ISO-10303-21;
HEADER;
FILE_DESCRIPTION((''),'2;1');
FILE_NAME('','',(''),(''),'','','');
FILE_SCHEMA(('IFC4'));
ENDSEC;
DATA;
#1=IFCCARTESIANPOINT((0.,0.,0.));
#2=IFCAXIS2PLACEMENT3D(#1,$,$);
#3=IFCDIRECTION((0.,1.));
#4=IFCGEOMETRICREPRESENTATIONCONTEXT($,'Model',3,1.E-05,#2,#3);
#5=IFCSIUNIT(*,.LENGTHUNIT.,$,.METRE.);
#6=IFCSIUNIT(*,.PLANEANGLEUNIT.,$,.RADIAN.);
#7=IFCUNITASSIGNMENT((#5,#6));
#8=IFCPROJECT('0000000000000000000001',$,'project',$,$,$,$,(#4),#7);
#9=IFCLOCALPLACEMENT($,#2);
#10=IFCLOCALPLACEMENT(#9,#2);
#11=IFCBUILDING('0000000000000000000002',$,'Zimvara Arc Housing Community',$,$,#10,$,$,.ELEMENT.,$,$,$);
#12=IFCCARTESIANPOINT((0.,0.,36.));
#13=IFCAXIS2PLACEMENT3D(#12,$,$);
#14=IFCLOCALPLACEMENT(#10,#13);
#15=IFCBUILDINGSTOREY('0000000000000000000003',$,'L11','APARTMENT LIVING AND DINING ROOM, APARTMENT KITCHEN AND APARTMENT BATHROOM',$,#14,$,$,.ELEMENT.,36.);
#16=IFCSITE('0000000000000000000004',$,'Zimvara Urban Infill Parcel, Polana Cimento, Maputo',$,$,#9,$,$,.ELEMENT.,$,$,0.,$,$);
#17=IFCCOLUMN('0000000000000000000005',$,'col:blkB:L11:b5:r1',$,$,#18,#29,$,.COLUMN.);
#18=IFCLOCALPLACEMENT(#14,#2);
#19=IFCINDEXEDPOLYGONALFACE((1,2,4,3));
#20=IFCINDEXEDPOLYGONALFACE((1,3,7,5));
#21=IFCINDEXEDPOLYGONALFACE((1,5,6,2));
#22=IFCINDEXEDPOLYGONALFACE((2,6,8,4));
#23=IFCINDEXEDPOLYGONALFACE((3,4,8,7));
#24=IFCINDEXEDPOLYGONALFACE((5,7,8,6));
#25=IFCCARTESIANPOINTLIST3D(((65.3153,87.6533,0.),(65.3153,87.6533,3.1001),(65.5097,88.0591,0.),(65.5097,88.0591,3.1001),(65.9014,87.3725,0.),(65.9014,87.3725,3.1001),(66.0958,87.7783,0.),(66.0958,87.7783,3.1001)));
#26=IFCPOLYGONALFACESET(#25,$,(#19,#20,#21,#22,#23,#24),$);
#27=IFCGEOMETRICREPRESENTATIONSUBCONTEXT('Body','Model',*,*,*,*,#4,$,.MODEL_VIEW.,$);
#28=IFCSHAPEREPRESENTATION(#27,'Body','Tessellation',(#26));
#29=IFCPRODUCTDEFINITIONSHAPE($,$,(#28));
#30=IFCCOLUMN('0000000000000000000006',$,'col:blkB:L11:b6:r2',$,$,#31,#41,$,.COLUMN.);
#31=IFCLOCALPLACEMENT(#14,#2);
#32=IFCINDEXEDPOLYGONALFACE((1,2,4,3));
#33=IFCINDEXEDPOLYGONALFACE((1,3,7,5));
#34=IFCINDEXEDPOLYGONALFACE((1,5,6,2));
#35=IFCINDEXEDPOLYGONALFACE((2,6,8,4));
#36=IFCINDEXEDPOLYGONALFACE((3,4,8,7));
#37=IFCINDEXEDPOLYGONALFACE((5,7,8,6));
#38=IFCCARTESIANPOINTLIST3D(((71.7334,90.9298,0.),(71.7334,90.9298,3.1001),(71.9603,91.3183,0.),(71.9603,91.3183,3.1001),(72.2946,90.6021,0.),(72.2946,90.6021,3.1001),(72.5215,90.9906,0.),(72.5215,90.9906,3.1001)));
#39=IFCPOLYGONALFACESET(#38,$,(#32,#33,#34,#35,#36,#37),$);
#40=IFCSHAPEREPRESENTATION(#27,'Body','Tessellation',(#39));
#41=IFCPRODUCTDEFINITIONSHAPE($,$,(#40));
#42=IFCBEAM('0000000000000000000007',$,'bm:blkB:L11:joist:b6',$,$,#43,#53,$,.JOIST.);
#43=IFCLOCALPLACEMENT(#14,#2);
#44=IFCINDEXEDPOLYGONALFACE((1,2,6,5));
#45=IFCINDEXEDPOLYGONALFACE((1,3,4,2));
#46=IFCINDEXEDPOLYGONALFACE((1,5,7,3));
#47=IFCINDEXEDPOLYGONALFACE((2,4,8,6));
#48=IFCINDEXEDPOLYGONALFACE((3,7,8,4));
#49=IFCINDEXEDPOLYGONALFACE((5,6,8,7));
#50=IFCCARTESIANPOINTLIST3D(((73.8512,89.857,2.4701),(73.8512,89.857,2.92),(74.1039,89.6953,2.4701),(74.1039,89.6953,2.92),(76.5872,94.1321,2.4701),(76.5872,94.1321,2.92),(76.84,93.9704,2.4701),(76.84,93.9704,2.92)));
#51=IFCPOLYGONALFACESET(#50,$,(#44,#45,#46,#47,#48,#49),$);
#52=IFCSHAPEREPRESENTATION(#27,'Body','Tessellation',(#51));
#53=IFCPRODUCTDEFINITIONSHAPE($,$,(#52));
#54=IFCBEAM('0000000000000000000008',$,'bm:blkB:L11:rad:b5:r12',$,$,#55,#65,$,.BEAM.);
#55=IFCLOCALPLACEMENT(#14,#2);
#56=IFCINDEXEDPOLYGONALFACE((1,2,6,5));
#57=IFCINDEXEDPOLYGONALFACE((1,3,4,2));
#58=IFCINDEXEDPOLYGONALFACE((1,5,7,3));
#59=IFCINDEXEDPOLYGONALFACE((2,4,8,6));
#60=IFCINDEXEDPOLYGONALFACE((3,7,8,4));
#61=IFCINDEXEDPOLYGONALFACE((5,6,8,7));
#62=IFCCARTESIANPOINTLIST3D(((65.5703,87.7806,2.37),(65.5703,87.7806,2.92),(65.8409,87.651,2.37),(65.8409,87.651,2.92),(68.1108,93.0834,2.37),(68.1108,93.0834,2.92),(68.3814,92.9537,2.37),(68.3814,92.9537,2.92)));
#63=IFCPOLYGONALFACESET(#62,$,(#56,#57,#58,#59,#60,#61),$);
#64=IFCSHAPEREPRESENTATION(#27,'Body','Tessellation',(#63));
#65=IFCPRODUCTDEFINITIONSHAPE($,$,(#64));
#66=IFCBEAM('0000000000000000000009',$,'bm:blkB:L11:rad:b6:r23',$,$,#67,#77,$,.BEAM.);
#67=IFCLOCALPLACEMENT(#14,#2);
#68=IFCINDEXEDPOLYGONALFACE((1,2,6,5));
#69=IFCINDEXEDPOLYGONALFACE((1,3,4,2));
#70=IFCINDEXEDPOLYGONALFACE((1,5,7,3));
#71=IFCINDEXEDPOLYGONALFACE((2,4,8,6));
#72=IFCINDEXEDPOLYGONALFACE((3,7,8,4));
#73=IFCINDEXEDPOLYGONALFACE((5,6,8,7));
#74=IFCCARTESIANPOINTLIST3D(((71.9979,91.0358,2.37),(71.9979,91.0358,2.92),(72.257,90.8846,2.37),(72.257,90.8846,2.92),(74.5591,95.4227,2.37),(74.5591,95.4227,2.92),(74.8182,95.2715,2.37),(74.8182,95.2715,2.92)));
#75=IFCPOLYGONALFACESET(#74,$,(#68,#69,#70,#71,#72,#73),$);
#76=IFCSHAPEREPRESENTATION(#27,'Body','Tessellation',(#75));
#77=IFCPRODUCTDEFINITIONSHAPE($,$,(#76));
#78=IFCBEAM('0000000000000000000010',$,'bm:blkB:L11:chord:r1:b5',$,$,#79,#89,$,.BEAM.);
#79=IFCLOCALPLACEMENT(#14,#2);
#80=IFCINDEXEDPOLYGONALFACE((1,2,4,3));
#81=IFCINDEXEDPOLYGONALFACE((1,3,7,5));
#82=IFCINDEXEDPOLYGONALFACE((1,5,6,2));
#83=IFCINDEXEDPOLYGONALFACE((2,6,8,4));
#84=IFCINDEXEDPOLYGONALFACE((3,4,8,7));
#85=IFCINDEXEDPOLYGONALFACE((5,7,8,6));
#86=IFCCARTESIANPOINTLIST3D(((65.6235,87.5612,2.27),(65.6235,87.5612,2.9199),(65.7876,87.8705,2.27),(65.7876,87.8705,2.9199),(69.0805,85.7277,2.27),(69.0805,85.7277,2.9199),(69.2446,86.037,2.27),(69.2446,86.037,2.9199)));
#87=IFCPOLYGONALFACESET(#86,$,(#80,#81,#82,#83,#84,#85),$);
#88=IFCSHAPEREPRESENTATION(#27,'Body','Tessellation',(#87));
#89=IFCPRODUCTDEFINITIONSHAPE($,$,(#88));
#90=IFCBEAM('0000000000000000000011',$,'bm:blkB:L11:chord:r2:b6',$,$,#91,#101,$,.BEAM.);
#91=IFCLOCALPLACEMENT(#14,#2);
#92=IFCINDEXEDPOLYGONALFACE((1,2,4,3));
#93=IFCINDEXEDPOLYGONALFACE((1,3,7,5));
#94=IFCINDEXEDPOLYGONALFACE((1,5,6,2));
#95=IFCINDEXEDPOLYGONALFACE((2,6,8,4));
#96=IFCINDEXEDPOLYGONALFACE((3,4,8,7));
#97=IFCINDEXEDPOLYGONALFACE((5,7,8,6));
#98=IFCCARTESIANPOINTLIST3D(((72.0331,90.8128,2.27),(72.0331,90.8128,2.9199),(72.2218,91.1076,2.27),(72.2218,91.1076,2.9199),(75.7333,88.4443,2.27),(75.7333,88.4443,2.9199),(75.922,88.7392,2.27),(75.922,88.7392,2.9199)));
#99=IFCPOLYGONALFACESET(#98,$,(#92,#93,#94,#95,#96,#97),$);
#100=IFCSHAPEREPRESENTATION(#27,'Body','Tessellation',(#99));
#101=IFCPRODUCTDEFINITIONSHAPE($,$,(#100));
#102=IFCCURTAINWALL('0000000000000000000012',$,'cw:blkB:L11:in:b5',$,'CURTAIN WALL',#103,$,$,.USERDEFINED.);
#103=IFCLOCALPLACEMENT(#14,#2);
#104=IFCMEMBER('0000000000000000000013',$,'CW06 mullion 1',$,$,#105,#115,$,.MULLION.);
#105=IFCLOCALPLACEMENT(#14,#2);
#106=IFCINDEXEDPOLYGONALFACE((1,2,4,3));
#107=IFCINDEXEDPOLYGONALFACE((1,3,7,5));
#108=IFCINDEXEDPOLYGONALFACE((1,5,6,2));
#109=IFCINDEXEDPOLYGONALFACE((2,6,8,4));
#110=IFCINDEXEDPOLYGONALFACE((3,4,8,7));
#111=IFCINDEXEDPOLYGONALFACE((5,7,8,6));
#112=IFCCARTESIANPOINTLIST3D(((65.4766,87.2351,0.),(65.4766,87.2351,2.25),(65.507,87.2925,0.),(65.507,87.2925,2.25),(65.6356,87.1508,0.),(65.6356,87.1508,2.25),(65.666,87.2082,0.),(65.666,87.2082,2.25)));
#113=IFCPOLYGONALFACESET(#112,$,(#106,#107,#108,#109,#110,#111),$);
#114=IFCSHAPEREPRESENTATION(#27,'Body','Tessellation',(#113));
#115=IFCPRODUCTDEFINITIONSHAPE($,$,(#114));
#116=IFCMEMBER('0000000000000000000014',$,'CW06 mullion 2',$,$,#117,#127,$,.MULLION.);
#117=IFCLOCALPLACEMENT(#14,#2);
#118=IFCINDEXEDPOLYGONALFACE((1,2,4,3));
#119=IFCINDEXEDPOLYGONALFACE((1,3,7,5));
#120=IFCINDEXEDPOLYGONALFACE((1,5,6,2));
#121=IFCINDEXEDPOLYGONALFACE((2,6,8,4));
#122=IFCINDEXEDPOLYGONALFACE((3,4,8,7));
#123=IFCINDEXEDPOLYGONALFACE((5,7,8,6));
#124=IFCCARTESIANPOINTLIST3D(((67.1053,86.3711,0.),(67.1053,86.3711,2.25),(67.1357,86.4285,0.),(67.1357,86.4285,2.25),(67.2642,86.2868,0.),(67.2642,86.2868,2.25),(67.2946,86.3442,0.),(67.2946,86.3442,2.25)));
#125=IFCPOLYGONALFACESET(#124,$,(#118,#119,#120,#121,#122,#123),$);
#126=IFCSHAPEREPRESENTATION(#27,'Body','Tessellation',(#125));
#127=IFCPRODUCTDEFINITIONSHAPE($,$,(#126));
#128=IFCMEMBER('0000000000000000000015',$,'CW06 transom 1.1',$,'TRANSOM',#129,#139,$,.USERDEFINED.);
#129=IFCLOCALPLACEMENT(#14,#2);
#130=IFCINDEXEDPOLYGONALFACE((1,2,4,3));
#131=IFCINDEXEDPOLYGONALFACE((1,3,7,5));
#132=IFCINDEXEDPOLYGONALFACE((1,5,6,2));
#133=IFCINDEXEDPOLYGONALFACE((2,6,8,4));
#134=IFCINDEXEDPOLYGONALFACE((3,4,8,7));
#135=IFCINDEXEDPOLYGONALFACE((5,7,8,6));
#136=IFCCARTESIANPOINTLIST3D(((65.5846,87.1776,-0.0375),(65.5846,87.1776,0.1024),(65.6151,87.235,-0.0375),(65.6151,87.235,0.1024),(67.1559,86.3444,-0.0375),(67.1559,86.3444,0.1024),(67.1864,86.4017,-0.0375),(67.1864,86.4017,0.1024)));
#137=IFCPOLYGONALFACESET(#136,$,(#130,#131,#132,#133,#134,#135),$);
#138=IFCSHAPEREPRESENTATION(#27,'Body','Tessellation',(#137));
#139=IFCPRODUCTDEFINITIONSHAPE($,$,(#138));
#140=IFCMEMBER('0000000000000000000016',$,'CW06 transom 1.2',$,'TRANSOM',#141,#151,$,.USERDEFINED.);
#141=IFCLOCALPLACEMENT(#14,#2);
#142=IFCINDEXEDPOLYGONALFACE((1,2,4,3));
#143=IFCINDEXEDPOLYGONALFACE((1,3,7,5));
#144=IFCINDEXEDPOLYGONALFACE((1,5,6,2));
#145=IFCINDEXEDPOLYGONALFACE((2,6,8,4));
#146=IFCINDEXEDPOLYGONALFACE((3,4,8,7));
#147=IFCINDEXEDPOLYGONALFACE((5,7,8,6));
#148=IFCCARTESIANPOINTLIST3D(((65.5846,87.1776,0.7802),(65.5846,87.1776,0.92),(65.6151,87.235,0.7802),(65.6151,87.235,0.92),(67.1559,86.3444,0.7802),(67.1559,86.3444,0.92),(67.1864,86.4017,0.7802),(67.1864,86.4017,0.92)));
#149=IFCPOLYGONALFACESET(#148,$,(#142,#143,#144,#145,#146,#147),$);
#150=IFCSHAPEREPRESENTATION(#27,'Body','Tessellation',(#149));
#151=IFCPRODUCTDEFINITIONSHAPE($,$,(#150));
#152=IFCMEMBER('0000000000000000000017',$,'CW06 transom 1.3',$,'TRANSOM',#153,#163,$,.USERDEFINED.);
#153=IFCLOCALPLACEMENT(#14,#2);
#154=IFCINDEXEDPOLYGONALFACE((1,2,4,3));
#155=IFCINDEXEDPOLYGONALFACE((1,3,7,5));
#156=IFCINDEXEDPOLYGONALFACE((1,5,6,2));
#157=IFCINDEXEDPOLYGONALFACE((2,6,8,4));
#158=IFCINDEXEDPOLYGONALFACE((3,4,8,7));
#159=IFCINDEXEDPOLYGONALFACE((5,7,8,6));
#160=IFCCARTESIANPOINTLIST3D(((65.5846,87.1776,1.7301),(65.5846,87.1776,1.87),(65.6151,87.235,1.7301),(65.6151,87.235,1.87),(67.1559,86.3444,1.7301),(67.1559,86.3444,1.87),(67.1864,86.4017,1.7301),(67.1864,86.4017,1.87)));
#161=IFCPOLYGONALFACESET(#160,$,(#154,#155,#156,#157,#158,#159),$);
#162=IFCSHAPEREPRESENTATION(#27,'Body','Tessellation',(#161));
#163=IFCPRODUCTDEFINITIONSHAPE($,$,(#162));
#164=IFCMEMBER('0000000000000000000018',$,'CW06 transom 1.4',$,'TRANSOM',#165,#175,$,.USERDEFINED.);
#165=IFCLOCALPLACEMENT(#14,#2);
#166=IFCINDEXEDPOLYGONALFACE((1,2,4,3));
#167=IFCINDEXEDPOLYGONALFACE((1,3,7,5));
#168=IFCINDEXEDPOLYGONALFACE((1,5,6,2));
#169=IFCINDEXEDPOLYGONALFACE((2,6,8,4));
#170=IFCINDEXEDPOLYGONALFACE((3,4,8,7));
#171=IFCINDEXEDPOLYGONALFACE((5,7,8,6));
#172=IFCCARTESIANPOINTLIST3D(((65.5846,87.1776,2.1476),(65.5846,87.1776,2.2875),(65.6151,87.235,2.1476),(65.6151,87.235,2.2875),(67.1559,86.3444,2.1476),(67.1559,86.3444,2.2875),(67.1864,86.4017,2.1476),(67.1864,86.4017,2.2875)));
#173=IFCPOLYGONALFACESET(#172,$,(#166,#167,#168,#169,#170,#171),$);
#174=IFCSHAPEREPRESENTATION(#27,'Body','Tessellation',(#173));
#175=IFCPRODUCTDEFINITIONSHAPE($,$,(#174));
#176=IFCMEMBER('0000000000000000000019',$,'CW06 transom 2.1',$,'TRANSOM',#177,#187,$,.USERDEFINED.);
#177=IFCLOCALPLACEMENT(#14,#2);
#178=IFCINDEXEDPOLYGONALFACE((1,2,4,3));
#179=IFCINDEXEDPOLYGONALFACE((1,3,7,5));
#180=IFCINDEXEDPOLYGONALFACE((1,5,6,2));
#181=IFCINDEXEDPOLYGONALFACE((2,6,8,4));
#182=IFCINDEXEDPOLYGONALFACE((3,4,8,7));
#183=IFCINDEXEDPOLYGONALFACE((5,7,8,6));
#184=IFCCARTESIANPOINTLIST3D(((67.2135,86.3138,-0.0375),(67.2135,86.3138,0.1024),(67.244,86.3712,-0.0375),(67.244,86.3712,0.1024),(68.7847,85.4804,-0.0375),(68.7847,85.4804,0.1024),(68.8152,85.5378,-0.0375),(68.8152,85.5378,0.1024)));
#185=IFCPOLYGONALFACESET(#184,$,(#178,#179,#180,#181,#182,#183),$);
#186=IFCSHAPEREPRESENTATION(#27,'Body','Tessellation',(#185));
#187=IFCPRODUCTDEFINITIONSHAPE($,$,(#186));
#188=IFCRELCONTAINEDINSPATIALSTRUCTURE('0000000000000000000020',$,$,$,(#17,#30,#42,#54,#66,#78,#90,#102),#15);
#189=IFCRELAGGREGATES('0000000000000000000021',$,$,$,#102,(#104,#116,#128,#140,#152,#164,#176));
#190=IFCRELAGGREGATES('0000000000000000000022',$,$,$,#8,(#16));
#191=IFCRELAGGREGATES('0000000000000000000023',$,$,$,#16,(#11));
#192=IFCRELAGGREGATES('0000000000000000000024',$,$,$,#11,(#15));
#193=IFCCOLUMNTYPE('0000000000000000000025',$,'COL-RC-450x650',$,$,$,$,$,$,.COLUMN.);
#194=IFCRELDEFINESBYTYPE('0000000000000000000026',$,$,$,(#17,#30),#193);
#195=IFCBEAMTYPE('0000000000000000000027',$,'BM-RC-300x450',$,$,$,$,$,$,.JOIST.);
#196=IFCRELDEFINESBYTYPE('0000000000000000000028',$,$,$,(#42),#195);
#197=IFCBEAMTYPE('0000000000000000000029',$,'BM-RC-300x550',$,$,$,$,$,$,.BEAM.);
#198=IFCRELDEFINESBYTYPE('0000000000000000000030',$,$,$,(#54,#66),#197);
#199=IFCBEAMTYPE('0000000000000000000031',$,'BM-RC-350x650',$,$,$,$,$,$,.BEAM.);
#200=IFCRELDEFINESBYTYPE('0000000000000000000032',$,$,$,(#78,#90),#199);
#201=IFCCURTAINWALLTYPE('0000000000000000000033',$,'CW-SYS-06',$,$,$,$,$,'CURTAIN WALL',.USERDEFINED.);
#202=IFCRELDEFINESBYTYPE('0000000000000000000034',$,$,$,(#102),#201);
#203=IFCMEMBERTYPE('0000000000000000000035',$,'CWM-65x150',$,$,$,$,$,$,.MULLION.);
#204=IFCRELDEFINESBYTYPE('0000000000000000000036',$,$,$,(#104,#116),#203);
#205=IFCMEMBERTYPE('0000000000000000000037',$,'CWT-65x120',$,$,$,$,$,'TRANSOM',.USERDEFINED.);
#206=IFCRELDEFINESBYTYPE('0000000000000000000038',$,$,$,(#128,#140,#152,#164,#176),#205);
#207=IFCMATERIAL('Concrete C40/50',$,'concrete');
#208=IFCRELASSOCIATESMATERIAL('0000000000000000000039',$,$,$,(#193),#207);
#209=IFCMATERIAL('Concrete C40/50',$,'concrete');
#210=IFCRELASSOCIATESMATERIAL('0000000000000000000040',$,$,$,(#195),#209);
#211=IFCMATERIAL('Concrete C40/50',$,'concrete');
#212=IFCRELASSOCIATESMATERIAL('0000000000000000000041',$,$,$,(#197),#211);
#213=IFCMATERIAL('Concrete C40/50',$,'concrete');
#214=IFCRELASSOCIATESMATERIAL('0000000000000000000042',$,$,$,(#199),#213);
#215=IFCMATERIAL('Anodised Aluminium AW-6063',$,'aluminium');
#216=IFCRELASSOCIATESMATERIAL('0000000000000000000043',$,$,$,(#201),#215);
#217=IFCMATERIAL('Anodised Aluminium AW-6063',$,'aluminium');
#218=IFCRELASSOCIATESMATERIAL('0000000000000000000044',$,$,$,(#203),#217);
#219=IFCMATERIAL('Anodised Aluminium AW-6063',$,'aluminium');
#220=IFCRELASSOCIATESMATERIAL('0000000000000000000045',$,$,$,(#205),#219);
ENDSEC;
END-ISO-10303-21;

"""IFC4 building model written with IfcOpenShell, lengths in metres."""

from ifc_helpers import new_model, si_unit, direction, frame, origin, origin_2d, place, context, subcontext, project, spatial, rectangle, extrude, material, material_profile, profile_set, type_object, element, aggregate, save


model = new_model("IFC4")

# Units and contexts
model_context = context("Model", 3, precision=1e-05, world=origin(), true_north=direction((0.0, 1.0)))
body_context = subcontext(model_context, "Body", "Model", "MODEL_VIEW")
ifc_project = project(units=[si_unit("LENGTHUNIT", "METRE"), si_unit("PLANEANGLEUNIT", "RADIAN")], contexts=[model_context])

# Site, building, storey
site_placement = place(None, origin())
site = spatial("IfcSite", under=ifc_project, at=site_placement, Name="Zimvara Urban Infill Parcel, Polana Cimento, Maputo", CompositionType="ELEMENT", RefElevation=0.0)
building_placement = place(site_placement, origin())
building = spatial("IfcBuilding", under=site, at=building_placement, Name="Zimvara Arc Housing Community", CompositionType="ELEMENT")
storey_placement = place(building_placement, frame((0.0, 0.0, 36.0)))
storey = spatial("IfcBuildingStorey", under=building, at=storey_placement, Name="L11", Description="APARTMENT LIVING AND DINING ROOM, APARTMENT KITCHEN AND APARTMENT BATHROOM", CompositionType="ELEMENT", Elevation=36.0)

# Columns
ifc_material_1 = material(Name="Concrete C40/50", Category="concrete")
ifc_material_profile_1 = material_profile(ifc_material_1, rectangle(XDim=0.45, YDim=0.6499, at=origin_2d()), Name="RC 450x650")
ifc_profile_set_1 = profile_set([ifc_material_profile_1], Name="Concrete C40/50")
column_type = type_object("IfcColumnType", Name="COL-RC-450x650", PredefinedType="COLUMN", material=ifc_profile_set_1)
for number, where, z_axis, x_axis, name in (
    (1, (65.7056, 87.7158, 0.0), (0.0, 0.0, 1.0), (0.432086, 0.901833, 0.0), "col:blkB:L11:b5:r1"),
    (2, (72.1274, 90.9602, 0.0), (0.0, 0.0, 1.0), (0.504226, 0.863572, 0.0), "col:blkB:L11:b6:r2"),
):
    element("IfcColumn", number, at=place(storey_placement, frame(where, z_axis=z_axis, x_axis=x_axis)), inside=storey, type_object=column_type, Name=name, PredefinedType="COLUMN", context=body_context, shape_type="SweptSolid", body=[
        extrude(rectangle(XDim=0.45, YDim=0.6499, at=origin_2d()), origin(), (0.0, 0.0, 1.0), 3.1001),
    ])

# Beams
ifc_material_2 = material(Name="Concrete C40/50", Category="concrete")
ifc_material_profile_2 = material_profile(ifc_material_2, rectangle(XDim=0.3, YDim=0.45, at=origin_2d()), Name="RC 300x450")
ifc_profile_set_2 = profile_set([ifc_material_profile_2], Name="Concrete C40/50")
beam_type_1 = type_object("IfcBeamType", Name="BM-RC-300x450", PredefinedType="JOIST", material=ifc_profile_set_2)
beam_1_placement = place(storey_placement, frame((73.9775, 89.7761, 2.6951), z_axis=(0.539052, 0.842272, 0.0), x_axis=(-0.842272, 0.539052, 0.0)))
element("IfcBeam", 3, at=beam_1_placement, inside=storey, type_object=beam_type_1, Name="bm:blkB:L11:joist:b6", PredefinedType="JOIST", context=body_context, shape_type="SweptSolid", body=[
    extrude(rectangle(XDim=0.3, YDim=0.45, at=origin_2d()), origin(), (0.0, 0.0, 1.0), 5.0757),
])
ifc_material_3 = material(Name="Concrete C40/50", Category="concrete")
ifc_material_profile_3 = material_profile(ifc_material_3, rectangle(XDim=0.3, YDim=0.55, at=origin_2d()), Name="RC 300x550")
ifc_profile_set_3 = profile_set([ifc_material_profile_3], Name="Concrete C40/50")
beam_type_2 = type_object("IfcBeamType", Name="BM-RC-300x550", PredefinedType="BEAM", material=ifc_profile_set_3)
beam_2_placement = place(storey_placement, frame((65.7056, 87.7158, 2.645), z_axis=(0.43207, 0.90184, 0.0), x_axis=(-0.90184, 0.43207, 0.0)))
element("IfcBeam", 4, at=beam_2_placement, inside=storey, type_object=beam_type_2, Name="bm:blkB:L11:rad:b5:r12", PredefinedType="BEAM", context=body_context, shape_type="SweptSolid", body=[
    extrude(rectangle(XDim=0.3, YDim=0.55, at=origin_2d()), origin(), (0.0, 0.0, 1.0), 5.8799),
])
beam_3_placement = place(storey_placement, frame((72.1274, 90.9602, 2.645), z_axis=(0.504197, 0.863589, 0.0), x_axis=(-0.863589, 0.504197, 0.0)))
element("IfcBeam", 5, at=beam_3_placement, inside=storey, type_object=beam_type_2, Name="bm:blkB:L11:rad:b6:r23", PredefinedType="BEAM", context=body_context, shape_type="SweptSolid", body=[
    extrude(rectangle(XDim=0.3, YDim=0.55, at=origin_2d()), origin(), (0.0, 0.0, 1.0), 5.0798),
])
ifc_material_4 = material(Name="Concrete C40/50", Category="concrete")
ifc_material_profile_4 = material_profile(ifc_material_4, rectangle(XDim=0.3501, YDim=0.6499, at=origin_2d()), Name="RC 350x650")
ifc_profile_set_4 = profile_set([ifc_material_profile_4], Name="Concrete C40/50")
beam_type_3 = type_object("IfcBeamType", Name="BM-RC-350x650", PredefinedType="BEAM", material=ifc_profile_set_4)
beam_4_placement = place(storey_placement, frame((65.7056, 87.7158, 2.595), z_axis=(0.883439, -0.468547, 0.0), x_axis=(0.468547, 0.883439, 0.0)))
element("IfcBeam", 6, at=beam_4_placement, inside=storey, type_object=beam_type_3, Name="bm:blkB:L11:chord:r1:b5", PredefinedType="BEAM", context=body_context, shape_type="SweptSolid", body=[
    extrude(rectangle(XDim=0.3501, YDim=0.6499, at=origin_2d()), origin(), (0.0, 0.0, 1.0), 3.9131),
])
beam_5_placement = place(storey_placement, frame((72.1274, 90.9602, 2.595), z_axis=(0.842242, -0.539099, 0.0), x_axis=(0.539099, 0.842242, 0.0)))
element("IfcBeam", 7, at=beam_5_placement, inside=storey, type_object=beam_type_3, Name="bm:blkB:L11:chord:r2:b6", PredefinedType="BEAM", context=body_context, shape_type="SweptSolid", body=[
    extrude(rectangle(XDim=0.3501, YDim=0.6499, at=origin_2d()), origin(), (0.0, 0.0, 1.0), 4.3933),
])

# Curtain wall, members
ifc_material_5 = material(Name="Anodised Aluminium AW-6063", Category="aluminium")
curtain_wall_type = type_object("IfcCurtainWallType", Name="CW-SYS-06", ElementType="CURTAIN WALL", PredefinedType="USERDEFINED", material=ifc_material_5)
curtain_wall_placement = place(storey_placement, origin())
curtain_wall = element("IfcCurtainWall", 8, at=curtain_wall_placement, inside=storey, type_object=curtain_wall_type, Name="cw:blkB:L11:in:b5", ObjectType="CURTAIN WALL", PredefinedType="USERDEFINED")
ifc_material_6 = material(Name="Anodised Aluminium AW-6063", Category="aluminium")
ifc_material_profile_5 = material_profile(ifc_material_6, rectangle(XDim=0.0649, YDim=0.1799, at=origin_2d()), Name="ALU 65x180")
ifc_profile_set_5 = profile_set([ifc_material_profile_5], Name="Anodised Aluminium AW-6063")
member_type_1 = type_object("IfcMemberType", Name="CWM-65x150", PredefinedType="MULLION", material=ifc_profile_set_5)
member_1_placement = place(storey_placement, frame((65.5713, 87.2217, 0.0), z_axis=(0.0, 0.0, 1.0), x_axis=(0.468547, 0.883439, 0.0)))
member_1 = element("IfcMember", 9, at=member_1_placement, type_object=member_type_1, Name="CW06 mullion 1", PredefinedType="MULLION", context=body_context, shape_type="SweptSolid", body=[
    extrude(rectangle(XDim=0.0649, YDim=0.1799, at=origin_2d()), origin(), (0.0, 0.0, 1.0), 2.25),
])
member_2_placement = place(storey_placement, frame((67.2, 86.3577, 0.0), z_axis=(0.0, 0.0, 1.0), x_axis=(0.468547, 0.883439, 0.0)))
member_2 = element("IfcMember", 10, at=member_2_placement, type_object=member_type_1, Name="CW06 mullion 2", PredefinedType="MULLION", context=body_context, shape_type="SweptSolid", body=[
    extrude(rectangle(XDim=0.0649, YDim=0.1799, at=origin_2d()), origin(), (0.0, 0.0, 1.0), 2.25),
])
ifc_material_7 = material(Name="Anodised Aluminium AW-6063", Category="aluminium")
ifc_material_profile_6 = material_profile(ifc_material_7, rectangle(XDim=0.0649, YDim=0.1399, at=origin_2d()), Name="ALU 65x140")
ifc_profile_set_6 = profile_set([ifc_material_profile_6], Name="Anodised Aluminium AW-6063")
member_type_2 = type_object("IfcMemberType", Name="CWT-65x120", ElementType="TRANSOM", PredefinedType="USERDEFINED", material=ifc_profile_set_6)
member_3_placement = place(storey_placement, frame((65.5999, 87.2063, 0.0325), z_axis=(0.883464, -0.468499, 0.0), x_axis=(0.468499, 0.883464, 0.0)))
member_3 = element("IfcMember", 11, at=member_3_placement, type_object=member_type_2, Name="CW06 transom 1.1", ObjectType="TRANSOM", PredefinedType="USERDEFINED", context=body_context, shape_type="SweptSolid", body=[
    extrude(rectangle(XDim=0.0649, YDim=0.1399, at=origin_2d()), origin(), (0.0, 0.0, 1.0), 1.7786),
])
member_4_placement = place(storey_placement, frame((65.5999, 87.2063, 0.8501), z_axis=(0.883464, -0.468499, 0.0), x_axis=(0.468499, 0.883464, 0.0)))
member_4 = element("IfcMember", 12, at=member_4_placement, type_object=member_type_2, Name="CW06 transom 1.2", ObjectType="TRANSOM", PredefinedType="USERDEFINED", context=body_context, shape_type="SweptSolid", body=[
    extrude(rectangle(XDim=0.0649, YDim=0.1399, at=origin_2d()), origin(), (0.0, 0.0, 1.0), 1.7786),
])
member_5_placement = place(storey_placement, frame((65.5999, 87.2063, 1.8), z_axis=(0.883464, -0.468499, 0.0), x_axis=(0.468499, 0.883464, 0.0)))
member_5 = element("IfcMember", 13, at=member_5_placement, type_object=member_type_2, Name="CW06 transom 1.3", ObjectType="TRANSOM", PredefinedType="USERDEFINED", context=body_context, shape_type="SweptSolid", body=[
    extrude(rectangle(XDim=0.0649, YDim=0.1399, at=origin_2d()), origin(), (0.0, 0.0, 1.0), 1.7786),
])
member_6_placement = place(storey_placement, frame((65.5999, 87.2063, 2.2175), z_axis=(0.883464, -0.468499, 0.0), x_axis=(0.468499, 0.883464, 0.0)))
member_6 = element("IfcMember", 14, at=member_6_placement, type_object=member_type_2, Name="CW06 transom 1.4", ObjectType="TRANSOM", PredefinedType="USERDEFINED", context=body_context, shape_type="SweptSolid", body=[
    extrude(rectangle(XDim=0.0649, YDim=0.1399, at=origin_2d()), origin(), (0.0, 0.0, 1.0), 1.7786),
])
member_7_placement = place(storey_placement, frame((67.2288, 86.3425, 0.0325), z_axis=(0.883407, -0.468607, 0.0), x_axis=(0.468607, 0.883407, 0.0)))
member_7 = element("IfcMember", 15, at=member_7_placement, type_object=member_type_2, Name="CW06 transom 2.1", ObjectType="TRANSOM", PredefinedType="USERDEFINED", context=body_context, shape_type="SweptSolid", body=[
    extrude(rectangle(XDim=0.0649, YDim=0.1399, at=origin_2d()), origin(), (0.0, 0.0, 1.0), 1.7786),
])
aggregate(curtain_wall, [member_1, member_2, member_3, member_4, member_5, member_6, member_7])

save(model, "model.ifc")
